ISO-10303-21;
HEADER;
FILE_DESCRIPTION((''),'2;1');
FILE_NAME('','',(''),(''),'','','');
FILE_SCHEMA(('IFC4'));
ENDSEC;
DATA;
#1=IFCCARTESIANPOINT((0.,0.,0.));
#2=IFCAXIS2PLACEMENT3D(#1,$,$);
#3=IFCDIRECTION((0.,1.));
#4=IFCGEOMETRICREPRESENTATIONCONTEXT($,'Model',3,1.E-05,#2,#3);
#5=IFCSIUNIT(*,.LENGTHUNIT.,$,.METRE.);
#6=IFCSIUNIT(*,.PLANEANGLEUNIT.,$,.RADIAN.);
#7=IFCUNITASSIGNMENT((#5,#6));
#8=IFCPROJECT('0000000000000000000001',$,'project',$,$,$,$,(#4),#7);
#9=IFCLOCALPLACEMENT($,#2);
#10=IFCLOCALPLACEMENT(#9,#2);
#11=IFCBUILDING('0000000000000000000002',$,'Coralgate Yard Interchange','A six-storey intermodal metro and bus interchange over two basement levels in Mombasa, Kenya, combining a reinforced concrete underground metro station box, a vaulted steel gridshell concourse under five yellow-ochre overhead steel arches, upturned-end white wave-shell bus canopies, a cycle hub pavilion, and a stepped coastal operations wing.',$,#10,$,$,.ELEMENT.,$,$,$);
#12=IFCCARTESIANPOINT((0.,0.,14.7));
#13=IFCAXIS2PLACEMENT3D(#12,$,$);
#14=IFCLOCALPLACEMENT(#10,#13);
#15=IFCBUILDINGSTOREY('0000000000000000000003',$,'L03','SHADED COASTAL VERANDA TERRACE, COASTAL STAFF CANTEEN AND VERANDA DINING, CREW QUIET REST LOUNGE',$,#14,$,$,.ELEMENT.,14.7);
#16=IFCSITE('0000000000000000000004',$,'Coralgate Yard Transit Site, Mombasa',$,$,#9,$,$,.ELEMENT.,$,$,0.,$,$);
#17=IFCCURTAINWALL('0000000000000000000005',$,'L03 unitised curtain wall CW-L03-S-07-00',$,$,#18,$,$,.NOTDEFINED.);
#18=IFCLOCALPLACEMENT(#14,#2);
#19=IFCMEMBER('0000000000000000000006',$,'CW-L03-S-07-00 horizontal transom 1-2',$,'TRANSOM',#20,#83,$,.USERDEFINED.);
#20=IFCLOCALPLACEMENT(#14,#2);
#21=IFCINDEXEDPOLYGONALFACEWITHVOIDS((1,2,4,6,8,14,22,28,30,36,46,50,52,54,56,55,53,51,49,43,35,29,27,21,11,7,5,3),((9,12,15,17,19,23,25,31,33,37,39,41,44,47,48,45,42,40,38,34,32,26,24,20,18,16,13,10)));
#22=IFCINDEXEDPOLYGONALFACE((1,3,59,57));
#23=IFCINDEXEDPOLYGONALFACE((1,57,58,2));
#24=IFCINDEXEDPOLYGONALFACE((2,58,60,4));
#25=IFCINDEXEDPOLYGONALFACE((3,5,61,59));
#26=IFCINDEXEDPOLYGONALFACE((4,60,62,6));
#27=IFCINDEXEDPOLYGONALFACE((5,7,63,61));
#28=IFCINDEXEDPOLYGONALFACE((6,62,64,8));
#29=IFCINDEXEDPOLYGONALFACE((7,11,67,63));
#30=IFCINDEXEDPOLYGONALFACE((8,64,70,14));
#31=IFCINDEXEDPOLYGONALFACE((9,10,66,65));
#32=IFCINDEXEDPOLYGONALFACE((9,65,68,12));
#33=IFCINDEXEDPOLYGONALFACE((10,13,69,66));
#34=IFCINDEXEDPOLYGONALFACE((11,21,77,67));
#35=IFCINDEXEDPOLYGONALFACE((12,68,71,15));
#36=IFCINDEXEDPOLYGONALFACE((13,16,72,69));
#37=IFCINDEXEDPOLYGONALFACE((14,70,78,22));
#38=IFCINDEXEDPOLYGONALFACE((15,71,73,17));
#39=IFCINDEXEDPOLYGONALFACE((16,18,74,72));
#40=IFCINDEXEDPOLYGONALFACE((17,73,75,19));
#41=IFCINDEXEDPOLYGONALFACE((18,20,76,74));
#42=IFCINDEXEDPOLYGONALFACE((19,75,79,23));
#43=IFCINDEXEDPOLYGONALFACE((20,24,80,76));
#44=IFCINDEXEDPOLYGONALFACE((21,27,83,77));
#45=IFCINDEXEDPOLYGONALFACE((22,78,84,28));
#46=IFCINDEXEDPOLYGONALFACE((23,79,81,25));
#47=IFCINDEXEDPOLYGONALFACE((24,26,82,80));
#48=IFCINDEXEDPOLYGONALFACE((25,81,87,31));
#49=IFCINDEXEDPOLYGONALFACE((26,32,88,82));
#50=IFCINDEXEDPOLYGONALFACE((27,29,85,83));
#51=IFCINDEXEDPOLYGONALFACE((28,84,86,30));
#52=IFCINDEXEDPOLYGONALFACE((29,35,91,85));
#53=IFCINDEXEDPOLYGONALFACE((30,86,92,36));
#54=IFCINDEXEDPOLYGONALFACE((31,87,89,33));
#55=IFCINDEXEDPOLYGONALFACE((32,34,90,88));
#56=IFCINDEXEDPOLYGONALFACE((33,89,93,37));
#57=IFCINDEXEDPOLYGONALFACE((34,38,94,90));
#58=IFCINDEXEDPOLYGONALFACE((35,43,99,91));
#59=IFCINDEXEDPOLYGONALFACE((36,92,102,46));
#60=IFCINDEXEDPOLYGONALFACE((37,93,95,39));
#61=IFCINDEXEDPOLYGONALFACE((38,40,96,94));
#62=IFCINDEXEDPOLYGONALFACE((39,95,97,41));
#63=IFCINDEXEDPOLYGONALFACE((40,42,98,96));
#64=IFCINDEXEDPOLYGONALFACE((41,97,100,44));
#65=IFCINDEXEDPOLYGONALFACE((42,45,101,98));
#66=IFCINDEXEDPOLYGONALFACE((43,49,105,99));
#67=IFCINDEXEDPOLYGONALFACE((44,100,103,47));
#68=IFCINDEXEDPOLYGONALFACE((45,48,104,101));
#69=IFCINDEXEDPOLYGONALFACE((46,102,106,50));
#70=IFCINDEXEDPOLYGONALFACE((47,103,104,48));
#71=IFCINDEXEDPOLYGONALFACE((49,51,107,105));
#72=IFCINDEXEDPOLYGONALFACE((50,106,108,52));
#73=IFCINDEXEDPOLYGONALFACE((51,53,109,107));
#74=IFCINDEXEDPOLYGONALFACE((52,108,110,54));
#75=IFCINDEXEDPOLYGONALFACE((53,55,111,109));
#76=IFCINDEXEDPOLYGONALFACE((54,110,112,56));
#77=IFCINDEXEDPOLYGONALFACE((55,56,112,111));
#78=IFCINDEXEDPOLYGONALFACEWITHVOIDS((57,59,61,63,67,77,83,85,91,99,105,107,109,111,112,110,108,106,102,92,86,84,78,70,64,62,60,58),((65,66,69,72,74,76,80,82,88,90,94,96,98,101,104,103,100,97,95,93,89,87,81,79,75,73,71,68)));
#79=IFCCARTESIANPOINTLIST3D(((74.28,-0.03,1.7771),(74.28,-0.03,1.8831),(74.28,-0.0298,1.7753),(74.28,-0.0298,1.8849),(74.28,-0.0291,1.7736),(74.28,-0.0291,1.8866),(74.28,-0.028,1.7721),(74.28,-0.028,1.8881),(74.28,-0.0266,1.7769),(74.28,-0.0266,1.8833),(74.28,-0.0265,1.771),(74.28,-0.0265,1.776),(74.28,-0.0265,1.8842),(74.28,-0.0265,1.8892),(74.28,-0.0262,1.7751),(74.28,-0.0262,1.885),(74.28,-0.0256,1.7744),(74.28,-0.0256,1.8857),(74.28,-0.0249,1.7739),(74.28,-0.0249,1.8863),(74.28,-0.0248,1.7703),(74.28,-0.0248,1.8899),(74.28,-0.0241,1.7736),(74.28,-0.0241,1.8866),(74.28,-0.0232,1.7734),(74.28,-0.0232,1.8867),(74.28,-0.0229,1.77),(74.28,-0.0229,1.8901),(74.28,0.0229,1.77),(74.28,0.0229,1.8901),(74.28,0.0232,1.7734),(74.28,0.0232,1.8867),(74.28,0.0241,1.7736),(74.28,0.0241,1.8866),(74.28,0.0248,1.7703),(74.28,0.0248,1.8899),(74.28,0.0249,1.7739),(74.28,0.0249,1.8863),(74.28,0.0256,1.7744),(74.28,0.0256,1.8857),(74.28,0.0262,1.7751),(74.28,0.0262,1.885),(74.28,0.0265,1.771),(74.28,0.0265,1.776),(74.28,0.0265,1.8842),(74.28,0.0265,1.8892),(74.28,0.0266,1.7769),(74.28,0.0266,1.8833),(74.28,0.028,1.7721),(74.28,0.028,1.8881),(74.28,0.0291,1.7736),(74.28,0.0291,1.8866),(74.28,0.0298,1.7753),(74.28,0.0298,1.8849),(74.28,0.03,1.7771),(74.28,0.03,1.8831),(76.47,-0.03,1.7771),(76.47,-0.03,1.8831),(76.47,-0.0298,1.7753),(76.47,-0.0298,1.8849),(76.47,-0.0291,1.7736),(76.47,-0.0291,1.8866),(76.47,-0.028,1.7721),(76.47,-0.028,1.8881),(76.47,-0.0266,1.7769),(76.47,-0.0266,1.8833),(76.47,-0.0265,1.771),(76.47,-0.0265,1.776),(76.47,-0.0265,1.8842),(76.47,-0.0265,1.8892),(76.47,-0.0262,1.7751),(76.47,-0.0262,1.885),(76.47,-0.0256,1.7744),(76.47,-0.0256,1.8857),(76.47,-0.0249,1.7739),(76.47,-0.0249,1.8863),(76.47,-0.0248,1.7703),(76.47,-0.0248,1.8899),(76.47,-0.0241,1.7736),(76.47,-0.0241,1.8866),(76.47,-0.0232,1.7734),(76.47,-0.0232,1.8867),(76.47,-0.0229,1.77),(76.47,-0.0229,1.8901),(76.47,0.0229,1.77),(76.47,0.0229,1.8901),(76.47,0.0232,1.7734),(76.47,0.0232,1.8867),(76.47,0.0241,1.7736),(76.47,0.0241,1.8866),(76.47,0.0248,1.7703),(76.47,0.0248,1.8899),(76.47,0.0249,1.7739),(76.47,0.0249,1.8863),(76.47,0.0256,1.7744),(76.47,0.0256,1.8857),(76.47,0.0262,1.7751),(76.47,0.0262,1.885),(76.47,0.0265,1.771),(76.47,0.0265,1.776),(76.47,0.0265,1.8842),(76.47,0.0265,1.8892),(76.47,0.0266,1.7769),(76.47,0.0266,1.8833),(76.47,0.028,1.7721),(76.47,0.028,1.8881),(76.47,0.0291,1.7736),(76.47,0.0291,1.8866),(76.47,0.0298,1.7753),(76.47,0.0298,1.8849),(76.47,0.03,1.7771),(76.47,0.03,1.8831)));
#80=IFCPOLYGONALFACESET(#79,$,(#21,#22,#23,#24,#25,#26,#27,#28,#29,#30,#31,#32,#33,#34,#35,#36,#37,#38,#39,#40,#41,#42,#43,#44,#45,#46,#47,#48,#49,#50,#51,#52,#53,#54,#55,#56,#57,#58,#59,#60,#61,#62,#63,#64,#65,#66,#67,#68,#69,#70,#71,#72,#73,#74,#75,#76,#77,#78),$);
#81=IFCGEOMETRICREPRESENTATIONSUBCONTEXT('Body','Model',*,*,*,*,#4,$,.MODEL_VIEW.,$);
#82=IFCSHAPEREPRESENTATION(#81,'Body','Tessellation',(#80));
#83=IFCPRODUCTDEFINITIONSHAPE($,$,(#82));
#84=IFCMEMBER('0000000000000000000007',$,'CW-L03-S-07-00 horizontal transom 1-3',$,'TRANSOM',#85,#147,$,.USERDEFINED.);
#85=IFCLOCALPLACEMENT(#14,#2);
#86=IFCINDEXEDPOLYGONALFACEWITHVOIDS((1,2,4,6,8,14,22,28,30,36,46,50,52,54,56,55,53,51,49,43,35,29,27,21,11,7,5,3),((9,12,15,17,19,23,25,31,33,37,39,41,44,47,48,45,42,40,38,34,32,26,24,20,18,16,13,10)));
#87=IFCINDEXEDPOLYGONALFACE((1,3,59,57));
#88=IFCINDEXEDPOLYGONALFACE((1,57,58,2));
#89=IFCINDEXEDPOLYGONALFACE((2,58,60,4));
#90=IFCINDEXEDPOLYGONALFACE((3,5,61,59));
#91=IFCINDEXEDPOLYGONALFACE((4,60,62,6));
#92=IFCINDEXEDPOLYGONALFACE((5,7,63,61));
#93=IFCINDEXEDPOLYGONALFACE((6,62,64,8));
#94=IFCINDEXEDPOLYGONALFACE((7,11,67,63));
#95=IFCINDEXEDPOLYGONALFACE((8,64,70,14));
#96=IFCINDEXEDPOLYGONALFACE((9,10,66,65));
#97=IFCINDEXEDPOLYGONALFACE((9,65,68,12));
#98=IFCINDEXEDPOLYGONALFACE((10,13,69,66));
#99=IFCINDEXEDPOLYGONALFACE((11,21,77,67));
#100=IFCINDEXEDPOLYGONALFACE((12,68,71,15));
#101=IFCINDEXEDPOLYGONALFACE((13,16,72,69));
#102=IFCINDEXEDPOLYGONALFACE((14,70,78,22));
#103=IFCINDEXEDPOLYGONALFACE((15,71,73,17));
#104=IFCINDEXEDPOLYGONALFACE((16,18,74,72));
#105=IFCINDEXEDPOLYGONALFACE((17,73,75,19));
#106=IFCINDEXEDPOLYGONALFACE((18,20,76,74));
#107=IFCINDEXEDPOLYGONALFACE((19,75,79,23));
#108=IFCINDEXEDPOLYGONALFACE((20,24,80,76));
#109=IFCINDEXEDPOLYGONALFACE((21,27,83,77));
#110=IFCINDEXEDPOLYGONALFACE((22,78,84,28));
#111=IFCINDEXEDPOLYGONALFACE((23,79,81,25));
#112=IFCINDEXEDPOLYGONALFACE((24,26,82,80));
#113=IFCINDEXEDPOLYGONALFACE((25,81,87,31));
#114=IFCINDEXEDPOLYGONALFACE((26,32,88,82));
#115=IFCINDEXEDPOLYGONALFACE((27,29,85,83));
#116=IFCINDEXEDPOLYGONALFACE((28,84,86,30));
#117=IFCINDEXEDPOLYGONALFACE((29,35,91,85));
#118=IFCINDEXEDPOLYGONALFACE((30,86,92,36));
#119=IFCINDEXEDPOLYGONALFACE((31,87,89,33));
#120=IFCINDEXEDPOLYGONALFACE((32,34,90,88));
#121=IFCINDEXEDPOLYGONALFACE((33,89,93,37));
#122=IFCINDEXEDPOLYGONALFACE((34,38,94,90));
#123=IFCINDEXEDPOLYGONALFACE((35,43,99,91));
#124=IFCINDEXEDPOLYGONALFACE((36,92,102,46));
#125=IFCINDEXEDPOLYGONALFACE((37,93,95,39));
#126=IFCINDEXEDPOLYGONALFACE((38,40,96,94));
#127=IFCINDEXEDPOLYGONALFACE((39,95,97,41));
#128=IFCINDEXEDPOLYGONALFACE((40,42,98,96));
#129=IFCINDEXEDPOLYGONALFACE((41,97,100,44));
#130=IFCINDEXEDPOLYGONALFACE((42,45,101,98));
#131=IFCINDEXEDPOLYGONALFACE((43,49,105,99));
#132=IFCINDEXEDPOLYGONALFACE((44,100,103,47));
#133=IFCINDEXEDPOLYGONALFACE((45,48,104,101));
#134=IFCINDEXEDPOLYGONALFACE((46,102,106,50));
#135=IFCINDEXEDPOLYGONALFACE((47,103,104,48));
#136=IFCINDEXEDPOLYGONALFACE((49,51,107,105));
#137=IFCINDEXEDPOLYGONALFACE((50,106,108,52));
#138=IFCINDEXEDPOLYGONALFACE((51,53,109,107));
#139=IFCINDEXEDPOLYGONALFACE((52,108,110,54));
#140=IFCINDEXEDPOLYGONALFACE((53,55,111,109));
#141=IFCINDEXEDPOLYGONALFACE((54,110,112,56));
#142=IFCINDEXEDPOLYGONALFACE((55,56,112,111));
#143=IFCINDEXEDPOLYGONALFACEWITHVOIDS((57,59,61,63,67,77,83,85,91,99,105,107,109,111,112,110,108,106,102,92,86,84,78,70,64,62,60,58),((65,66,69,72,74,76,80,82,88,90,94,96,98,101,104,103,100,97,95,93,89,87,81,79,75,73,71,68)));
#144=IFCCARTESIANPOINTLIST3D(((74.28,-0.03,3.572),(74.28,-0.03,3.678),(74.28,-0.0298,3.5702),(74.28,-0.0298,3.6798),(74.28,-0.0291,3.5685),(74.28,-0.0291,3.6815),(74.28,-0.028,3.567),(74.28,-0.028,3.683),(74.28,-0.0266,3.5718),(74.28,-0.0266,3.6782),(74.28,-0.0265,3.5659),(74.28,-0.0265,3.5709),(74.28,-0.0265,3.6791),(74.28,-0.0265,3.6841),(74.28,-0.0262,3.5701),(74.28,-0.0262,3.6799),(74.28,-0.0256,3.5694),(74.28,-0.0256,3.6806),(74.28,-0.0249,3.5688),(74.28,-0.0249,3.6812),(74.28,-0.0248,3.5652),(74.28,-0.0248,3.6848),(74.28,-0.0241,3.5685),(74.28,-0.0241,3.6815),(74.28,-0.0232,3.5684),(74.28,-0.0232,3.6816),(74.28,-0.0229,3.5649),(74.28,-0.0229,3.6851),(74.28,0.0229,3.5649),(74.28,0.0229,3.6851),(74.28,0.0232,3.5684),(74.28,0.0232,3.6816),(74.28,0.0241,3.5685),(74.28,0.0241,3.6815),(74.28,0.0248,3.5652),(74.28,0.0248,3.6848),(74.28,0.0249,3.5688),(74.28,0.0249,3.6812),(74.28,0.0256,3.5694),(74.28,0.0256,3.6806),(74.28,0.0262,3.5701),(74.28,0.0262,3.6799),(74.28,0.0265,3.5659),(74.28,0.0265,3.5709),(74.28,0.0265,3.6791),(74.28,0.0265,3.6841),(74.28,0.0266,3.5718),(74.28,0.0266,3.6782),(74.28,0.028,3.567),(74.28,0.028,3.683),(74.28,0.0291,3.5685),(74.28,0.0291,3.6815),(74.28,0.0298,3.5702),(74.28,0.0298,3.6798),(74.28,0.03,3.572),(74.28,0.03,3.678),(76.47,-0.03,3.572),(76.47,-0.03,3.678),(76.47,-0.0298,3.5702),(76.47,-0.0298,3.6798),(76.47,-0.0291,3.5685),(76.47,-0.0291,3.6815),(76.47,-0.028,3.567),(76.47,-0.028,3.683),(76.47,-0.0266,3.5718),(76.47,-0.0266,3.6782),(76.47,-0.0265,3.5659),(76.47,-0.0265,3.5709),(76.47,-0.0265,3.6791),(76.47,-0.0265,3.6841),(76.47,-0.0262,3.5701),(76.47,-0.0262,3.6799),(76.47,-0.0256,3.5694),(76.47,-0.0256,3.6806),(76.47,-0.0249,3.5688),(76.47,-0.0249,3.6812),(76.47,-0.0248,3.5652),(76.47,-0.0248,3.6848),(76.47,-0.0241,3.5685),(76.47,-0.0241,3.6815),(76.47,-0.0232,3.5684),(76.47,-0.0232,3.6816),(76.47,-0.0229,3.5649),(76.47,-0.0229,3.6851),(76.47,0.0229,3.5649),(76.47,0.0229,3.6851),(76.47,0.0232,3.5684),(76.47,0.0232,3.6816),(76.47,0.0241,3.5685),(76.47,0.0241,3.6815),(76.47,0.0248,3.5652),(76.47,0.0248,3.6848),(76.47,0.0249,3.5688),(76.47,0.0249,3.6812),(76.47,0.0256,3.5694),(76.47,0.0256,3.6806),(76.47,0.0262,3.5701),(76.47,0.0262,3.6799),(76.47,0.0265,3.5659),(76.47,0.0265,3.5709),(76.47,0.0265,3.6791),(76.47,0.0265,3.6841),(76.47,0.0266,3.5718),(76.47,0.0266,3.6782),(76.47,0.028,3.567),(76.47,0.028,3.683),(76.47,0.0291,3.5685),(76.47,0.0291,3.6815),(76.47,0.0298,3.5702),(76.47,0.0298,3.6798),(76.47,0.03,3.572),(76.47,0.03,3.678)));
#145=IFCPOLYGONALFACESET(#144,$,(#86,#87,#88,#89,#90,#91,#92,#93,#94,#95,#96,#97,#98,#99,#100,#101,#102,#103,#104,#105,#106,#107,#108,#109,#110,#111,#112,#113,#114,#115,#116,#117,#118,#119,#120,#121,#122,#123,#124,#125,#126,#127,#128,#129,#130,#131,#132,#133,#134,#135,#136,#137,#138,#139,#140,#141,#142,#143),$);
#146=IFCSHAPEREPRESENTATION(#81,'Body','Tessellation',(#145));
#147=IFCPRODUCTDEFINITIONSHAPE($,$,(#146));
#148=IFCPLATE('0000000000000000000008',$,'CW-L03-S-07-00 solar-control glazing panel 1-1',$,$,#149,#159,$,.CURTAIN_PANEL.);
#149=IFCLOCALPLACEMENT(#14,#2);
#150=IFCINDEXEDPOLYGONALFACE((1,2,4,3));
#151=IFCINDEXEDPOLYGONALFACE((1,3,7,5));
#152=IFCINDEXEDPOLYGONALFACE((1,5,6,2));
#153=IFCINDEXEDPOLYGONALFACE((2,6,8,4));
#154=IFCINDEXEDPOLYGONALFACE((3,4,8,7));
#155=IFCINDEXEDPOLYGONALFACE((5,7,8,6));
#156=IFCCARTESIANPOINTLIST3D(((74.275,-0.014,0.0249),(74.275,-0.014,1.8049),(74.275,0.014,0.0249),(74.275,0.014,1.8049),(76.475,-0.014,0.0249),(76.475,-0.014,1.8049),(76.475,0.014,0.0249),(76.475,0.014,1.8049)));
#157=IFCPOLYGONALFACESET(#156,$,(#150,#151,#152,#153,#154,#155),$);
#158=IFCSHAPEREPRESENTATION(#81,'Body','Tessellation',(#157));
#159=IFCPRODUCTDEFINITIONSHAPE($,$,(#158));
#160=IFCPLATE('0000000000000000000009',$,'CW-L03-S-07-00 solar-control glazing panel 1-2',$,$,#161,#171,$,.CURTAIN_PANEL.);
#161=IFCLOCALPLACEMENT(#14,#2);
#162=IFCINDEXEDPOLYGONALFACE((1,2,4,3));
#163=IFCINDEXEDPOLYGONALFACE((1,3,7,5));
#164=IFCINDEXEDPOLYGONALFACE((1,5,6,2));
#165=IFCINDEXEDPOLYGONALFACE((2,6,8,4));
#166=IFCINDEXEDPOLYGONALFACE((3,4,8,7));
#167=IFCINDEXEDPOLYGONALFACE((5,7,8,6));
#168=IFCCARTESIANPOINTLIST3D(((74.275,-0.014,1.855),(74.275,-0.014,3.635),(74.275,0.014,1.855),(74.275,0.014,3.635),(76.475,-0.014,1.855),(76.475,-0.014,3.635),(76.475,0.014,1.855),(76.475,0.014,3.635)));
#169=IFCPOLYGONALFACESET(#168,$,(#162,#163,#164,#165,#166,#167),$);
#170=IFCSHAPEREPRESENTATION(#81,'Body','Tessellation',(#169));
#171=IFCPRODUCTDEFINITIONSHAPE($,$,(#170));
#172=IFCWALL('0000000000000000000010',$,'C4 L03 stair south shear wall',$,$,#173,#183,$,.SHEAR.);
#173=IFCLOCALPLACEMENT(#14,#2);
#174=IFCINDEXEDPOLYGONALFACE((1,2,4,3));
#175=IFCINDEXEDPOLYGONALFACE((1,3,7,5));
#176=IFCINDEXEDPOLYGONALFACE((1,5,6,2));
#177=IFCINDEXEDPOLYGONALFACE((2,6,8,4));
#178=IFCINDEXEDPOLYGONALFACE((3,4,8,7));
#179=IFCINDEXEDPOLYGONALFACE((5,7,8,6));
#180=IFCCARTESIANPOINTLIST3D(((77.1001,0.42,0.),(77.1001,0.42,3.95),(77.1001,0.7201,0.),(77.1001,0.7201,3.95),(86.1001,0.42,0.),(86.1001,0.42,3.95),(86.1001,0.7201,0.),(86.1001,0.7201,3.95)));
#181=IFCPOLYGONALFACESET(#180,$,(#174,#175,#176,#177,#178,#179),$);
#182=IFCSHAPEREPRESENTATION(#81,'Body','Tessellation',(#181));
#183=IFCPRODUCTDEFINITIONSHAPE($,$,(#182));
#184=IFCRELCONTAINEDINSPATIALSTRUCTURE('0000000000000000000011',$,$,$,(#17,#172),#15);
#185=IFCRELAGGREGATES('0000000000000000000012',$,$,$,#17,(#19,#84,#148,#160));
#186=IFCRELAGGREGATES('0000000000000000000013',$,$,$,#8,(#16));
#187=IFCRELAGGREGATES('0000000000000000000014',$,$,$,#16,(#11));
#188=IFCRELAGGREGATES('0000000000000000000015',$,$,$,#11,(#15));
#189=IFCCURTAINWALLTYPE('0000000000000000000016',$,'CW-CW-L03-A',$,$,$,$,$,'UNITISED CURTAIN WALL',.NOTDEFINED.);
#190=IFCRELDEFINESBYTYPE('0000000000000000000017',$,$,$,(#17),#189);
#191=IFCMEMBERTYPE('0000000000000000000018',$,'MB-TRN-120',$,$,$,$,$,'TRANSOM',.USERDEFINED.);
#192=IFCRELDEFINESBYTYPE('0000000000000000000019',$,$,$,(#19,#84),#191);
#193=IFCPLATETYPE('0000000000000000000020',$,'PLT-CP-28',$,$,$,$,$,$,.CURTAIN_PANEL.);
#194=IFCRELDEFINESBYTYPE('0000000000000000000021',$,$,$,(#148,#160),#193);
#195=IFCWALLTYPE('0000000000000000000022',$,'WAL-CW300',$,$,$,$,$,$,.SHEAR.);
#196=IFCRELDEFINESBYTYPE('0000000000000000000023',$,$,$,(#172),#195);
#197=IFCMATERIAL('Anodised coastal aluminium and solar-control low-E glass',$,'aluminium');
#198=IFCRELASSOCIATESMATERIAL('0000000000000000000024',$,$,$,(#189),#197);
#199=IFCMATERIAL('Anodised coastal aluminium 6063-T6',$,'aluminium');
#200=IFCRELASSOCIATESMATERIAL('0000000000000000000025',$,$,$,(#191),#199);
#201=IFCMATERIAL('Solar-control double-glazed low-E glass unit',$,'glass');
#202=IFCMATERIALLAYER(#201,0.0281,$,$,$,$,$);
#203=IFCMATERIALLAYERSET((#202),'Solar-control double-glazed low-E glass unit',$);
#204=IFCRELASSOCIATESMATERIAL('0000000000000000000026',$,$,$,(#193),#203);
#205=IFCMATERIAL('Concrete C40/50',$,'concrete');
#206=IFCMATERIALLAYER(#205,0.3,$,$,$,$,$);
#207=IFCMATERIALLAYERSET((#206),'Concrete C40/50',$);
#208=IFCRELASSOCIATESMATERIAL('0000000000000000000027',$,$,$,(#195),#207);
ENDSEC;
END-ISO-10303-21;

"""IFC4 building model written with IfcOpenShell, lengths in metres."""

from ifc_helpers import new_model, si_unit, direction, frame, frame_2d, origin, origin_2d, place, context, subcontext, project, spatial, rectangle, hollow_rectangle, extrude, material, layer, layer_set, material_profile, profile_set, type_object, element, aggregate, save


model = new_model("IFC4")

# Units and contexts
model_context = context("Model", 3, precision=1e-05, world=origin(), true_north=direction((0.0, 1.0)))
body_context = subcontext(model_context, "Body", "Model", "MODEL_VIEW")
ifc_project = project(units=[si_unit("LENGTHUNIT", "METRE"), si_unit("PLANEANGLEUNIT", "RADIAN")], contexts=[model_context])

# Site, building, storey
site_placement = place(None, origin())
site = spatial("IfcSite", under=ifc_project, at=site_placement, Name="Coralgate Yard Transit Site, Mombasa", CompositionType="ELEMENT", RefElevation=0.0)
building_placement = place(site_placement, origin())
building = spatial("IfcBuilding", under=site, at=building_placement, Name="Coralgate Yard Interchange", Description="A six-storey intermodal metro and bus interchange over two basement levels in Mombasa, Kenya, combining a reinforced concrete underground metro station box, a vaulted steel gridshell concourse under five yellow-ochre overhead steel arches, upturned-end white wave-shell bus canopies, a cycle hub pavilion, and a stepped coastal operations wing.", CompositionType="ELEMENT")
storey_placement = place(building_placement, frame((0.0, 0.0, 14.7)))
storey = spatial("IfcBuildingStorey", under=building, at=storey_placement, Name="L03", Description="SHADED COASTAL VERANDA TERRACE, COASTAL STAFF CANTEEN AND VERANDA DINING, CREW QUIET REST LOUNGE", CompositionType="ELEMENT", Elevation=14.7)

# Curtain wall, members, plates
ifc_material_1 = material(Name="Anodised coastal aluminium and solar-control low-E glass", Category="aluminium")
curtain_wall_type = type_object("IfcCurtainWallType", Name="CW-CW-L03-A", ElementType="UNITISED CURTAIN WALL", PredefinedType="NOTDEFINED", material=ifc_material_1)
curtain_wall_placement = place(storey_placement, origin())
curtain_wall = element("IfcCurtainWall", 1, at=curtain_wall_placement, inside=storey, type_object=curtain_wall_type, Name="L03 unitised curtain wall CW-L03-S-07-00", PredefinedType="NOTDEFINED")
ifc_material_2 = material(Name="Anodised coastal aluminium 6063-T6", Category="aluminium")
ifc_material_profile_1 = material_profile(ifc_material_2, hollow_rectangle(XDim=0.0601, YDim=0.1201, WallThickness=0.0034, InnerFilletRadius=0.0034, OuterFilletRadius=0.0071, at=origin_2d()), Name="ALU 60x120x3.5")
ifc_profile_set_1 = profile_set([ifc_material_profile_1], Name="Anodised coastal aluminium 6063-T6")
member_type_1 = type_object("IfcMemberType", Name="MB-TRN-120", ElementType="TRANSOM", PredefinedType="USERDEFINED", material=ifc_profile_set_1)
member_1_placement = place(storey_placement, frame((76.47, 0.0, 1.8301), z_axis=(-1.0, 0.0, 0.0), x_axis=(0.0, -1.0, 0.0)))
member_1 = element("IfcMember", 2, at=member_1_placement, type_object=member_type_1, Name="CW-L03-S-07-00 horizontal transom 1-2", ObjectType="TRANSOM", PredefinedType="USERDEFINED", context=body_context, shape_type="SweptSolid", body=[
    extrude(hollow_rectangle(XDim=0.0601, YDim=0.1201, WallThickness=0.0034, InnerFilletRadius=0.0034, OuterFilletRadius=0.0071, at=origin_2d()), origin(), (0.0, 0.0, 1.0), 2.1899),
])
member_2_placement = place(storey_placement, frame((76.47, 0.0, 3.625), z_axis=(-1.0, 0.0, 0.0), x_axis=(0.0, -1.0, 0.0)))
member_2 = element("IfcMember", 3, at=member_2_placement, type_object=member_type_1, Name="CW-L03-S-07-00 horizontal transom 1-3", ObjectType="TRANSOM", PredefinedType="USERDEFINED", context=body_context, shape_type="SweptSolid", body=[
    extrude(hollow_rectangle(XDim=0.0601, YDim=0.1201, WallThickness=0.0034, InnerFilletRadius=0.0034, OuterFilletRadius=0.0071, at=origin_2d()), origin(), (0.0, 0.0, 1.0), 2.1899),
])
ifc_material_3 = material(Name="Solar-control double-glazed low-E glass unit", Category="glass")
ifc_layer_1 = layer(ifc_material_3, 0.0281)
ifc_layer_set_1 = layer_set([ifc_layer_1], Name="Solar-control double-glazed low-E glass unit")
plate_type = type_object("IfcPlateType", Name="PLT-CP-28", PredefinedType="CURTAIN_PANEL", material=ifc_layer_set_1)
plate_1_placement = place(storey_placement, frame((75.375, 0.0, 0.0249), z_axis=(0.0, 0.0, 1.0), x_axis=(-1.0, 0.0, 0.0)))
plate_1 = element("IfcPlate", 4, at=plate_1_placement, type_object=plate_type, Name="CW-L03-S-07-00 solar-control glazing panel 1-1", PredefinedType="CURTAIN_PANEL", context=body_context, shape_type="SweptSolid", body=[
    extrude(rectangle(XDim=2.2, YDim=0.0281, at=origin_2d()), origin(), (0.0, 0.0, 1.0), 1.78),
])
plate_2_placement = place(storey_placement, frame((75.375, 0.0, 1.855), z_axis=(0.0, 0.0, 1.0), x_axis=(-1.0, 0.0, 0.0)))
plate_2 = element("IfcPlate", 5, at=plate_2_placement, type_object=plate_type, Name="CW-L03-S-07-00 solar-control glazing panel 1-2", PredefinedType="CURTAIN_PANEL", context=body_context, shape_type="SweptSolid", body=[
    extrude(rectangle(XDim=2.2, YDim=0.0281, at=origin_2d()), origin(), (0.0, 0.0, 1.0), 1.78),
])
aggregate(curtain_wall, [member_1, member_2, plate_1, plate_2])

# Wall
ifc_material_4 = material(Name="Concrete C40/50", Category="concrete")
ifc_layer_2 = layer(ifc_material_4, 0.3)
ifc_layer_set_2 = layer_set([ifc_layer_2], Name="Concrete C40/50")
wall_type_1 = type_object("IfcWallType", Name="WAL-CW300", PredefinedType="SHEAR", material=ifc_layer_set_2)
wall_1_placement = place(storey_placement, frame((77.1001, 0.5701, 0.0), z_axis=(0.0, 0.0, 1.0), x_axis=(1.0, 0.0, 0.0)))
element("IfcWall", 6, at=wall_1_placement, inside=storey, type_object=wall_type_1, Name="C4 L03 stair south shear wall", PredefinedType="SHEAR", context=body_context, shape_type="SweptSolid", body=[
    extrude(rectangle(XDim=9.0, YDim=0.3, at=frame_2d((4.5, 0.0))), origin(), (0.0, 0.0, 1.0), 3.95),
])

save(model, "model.ifc")
